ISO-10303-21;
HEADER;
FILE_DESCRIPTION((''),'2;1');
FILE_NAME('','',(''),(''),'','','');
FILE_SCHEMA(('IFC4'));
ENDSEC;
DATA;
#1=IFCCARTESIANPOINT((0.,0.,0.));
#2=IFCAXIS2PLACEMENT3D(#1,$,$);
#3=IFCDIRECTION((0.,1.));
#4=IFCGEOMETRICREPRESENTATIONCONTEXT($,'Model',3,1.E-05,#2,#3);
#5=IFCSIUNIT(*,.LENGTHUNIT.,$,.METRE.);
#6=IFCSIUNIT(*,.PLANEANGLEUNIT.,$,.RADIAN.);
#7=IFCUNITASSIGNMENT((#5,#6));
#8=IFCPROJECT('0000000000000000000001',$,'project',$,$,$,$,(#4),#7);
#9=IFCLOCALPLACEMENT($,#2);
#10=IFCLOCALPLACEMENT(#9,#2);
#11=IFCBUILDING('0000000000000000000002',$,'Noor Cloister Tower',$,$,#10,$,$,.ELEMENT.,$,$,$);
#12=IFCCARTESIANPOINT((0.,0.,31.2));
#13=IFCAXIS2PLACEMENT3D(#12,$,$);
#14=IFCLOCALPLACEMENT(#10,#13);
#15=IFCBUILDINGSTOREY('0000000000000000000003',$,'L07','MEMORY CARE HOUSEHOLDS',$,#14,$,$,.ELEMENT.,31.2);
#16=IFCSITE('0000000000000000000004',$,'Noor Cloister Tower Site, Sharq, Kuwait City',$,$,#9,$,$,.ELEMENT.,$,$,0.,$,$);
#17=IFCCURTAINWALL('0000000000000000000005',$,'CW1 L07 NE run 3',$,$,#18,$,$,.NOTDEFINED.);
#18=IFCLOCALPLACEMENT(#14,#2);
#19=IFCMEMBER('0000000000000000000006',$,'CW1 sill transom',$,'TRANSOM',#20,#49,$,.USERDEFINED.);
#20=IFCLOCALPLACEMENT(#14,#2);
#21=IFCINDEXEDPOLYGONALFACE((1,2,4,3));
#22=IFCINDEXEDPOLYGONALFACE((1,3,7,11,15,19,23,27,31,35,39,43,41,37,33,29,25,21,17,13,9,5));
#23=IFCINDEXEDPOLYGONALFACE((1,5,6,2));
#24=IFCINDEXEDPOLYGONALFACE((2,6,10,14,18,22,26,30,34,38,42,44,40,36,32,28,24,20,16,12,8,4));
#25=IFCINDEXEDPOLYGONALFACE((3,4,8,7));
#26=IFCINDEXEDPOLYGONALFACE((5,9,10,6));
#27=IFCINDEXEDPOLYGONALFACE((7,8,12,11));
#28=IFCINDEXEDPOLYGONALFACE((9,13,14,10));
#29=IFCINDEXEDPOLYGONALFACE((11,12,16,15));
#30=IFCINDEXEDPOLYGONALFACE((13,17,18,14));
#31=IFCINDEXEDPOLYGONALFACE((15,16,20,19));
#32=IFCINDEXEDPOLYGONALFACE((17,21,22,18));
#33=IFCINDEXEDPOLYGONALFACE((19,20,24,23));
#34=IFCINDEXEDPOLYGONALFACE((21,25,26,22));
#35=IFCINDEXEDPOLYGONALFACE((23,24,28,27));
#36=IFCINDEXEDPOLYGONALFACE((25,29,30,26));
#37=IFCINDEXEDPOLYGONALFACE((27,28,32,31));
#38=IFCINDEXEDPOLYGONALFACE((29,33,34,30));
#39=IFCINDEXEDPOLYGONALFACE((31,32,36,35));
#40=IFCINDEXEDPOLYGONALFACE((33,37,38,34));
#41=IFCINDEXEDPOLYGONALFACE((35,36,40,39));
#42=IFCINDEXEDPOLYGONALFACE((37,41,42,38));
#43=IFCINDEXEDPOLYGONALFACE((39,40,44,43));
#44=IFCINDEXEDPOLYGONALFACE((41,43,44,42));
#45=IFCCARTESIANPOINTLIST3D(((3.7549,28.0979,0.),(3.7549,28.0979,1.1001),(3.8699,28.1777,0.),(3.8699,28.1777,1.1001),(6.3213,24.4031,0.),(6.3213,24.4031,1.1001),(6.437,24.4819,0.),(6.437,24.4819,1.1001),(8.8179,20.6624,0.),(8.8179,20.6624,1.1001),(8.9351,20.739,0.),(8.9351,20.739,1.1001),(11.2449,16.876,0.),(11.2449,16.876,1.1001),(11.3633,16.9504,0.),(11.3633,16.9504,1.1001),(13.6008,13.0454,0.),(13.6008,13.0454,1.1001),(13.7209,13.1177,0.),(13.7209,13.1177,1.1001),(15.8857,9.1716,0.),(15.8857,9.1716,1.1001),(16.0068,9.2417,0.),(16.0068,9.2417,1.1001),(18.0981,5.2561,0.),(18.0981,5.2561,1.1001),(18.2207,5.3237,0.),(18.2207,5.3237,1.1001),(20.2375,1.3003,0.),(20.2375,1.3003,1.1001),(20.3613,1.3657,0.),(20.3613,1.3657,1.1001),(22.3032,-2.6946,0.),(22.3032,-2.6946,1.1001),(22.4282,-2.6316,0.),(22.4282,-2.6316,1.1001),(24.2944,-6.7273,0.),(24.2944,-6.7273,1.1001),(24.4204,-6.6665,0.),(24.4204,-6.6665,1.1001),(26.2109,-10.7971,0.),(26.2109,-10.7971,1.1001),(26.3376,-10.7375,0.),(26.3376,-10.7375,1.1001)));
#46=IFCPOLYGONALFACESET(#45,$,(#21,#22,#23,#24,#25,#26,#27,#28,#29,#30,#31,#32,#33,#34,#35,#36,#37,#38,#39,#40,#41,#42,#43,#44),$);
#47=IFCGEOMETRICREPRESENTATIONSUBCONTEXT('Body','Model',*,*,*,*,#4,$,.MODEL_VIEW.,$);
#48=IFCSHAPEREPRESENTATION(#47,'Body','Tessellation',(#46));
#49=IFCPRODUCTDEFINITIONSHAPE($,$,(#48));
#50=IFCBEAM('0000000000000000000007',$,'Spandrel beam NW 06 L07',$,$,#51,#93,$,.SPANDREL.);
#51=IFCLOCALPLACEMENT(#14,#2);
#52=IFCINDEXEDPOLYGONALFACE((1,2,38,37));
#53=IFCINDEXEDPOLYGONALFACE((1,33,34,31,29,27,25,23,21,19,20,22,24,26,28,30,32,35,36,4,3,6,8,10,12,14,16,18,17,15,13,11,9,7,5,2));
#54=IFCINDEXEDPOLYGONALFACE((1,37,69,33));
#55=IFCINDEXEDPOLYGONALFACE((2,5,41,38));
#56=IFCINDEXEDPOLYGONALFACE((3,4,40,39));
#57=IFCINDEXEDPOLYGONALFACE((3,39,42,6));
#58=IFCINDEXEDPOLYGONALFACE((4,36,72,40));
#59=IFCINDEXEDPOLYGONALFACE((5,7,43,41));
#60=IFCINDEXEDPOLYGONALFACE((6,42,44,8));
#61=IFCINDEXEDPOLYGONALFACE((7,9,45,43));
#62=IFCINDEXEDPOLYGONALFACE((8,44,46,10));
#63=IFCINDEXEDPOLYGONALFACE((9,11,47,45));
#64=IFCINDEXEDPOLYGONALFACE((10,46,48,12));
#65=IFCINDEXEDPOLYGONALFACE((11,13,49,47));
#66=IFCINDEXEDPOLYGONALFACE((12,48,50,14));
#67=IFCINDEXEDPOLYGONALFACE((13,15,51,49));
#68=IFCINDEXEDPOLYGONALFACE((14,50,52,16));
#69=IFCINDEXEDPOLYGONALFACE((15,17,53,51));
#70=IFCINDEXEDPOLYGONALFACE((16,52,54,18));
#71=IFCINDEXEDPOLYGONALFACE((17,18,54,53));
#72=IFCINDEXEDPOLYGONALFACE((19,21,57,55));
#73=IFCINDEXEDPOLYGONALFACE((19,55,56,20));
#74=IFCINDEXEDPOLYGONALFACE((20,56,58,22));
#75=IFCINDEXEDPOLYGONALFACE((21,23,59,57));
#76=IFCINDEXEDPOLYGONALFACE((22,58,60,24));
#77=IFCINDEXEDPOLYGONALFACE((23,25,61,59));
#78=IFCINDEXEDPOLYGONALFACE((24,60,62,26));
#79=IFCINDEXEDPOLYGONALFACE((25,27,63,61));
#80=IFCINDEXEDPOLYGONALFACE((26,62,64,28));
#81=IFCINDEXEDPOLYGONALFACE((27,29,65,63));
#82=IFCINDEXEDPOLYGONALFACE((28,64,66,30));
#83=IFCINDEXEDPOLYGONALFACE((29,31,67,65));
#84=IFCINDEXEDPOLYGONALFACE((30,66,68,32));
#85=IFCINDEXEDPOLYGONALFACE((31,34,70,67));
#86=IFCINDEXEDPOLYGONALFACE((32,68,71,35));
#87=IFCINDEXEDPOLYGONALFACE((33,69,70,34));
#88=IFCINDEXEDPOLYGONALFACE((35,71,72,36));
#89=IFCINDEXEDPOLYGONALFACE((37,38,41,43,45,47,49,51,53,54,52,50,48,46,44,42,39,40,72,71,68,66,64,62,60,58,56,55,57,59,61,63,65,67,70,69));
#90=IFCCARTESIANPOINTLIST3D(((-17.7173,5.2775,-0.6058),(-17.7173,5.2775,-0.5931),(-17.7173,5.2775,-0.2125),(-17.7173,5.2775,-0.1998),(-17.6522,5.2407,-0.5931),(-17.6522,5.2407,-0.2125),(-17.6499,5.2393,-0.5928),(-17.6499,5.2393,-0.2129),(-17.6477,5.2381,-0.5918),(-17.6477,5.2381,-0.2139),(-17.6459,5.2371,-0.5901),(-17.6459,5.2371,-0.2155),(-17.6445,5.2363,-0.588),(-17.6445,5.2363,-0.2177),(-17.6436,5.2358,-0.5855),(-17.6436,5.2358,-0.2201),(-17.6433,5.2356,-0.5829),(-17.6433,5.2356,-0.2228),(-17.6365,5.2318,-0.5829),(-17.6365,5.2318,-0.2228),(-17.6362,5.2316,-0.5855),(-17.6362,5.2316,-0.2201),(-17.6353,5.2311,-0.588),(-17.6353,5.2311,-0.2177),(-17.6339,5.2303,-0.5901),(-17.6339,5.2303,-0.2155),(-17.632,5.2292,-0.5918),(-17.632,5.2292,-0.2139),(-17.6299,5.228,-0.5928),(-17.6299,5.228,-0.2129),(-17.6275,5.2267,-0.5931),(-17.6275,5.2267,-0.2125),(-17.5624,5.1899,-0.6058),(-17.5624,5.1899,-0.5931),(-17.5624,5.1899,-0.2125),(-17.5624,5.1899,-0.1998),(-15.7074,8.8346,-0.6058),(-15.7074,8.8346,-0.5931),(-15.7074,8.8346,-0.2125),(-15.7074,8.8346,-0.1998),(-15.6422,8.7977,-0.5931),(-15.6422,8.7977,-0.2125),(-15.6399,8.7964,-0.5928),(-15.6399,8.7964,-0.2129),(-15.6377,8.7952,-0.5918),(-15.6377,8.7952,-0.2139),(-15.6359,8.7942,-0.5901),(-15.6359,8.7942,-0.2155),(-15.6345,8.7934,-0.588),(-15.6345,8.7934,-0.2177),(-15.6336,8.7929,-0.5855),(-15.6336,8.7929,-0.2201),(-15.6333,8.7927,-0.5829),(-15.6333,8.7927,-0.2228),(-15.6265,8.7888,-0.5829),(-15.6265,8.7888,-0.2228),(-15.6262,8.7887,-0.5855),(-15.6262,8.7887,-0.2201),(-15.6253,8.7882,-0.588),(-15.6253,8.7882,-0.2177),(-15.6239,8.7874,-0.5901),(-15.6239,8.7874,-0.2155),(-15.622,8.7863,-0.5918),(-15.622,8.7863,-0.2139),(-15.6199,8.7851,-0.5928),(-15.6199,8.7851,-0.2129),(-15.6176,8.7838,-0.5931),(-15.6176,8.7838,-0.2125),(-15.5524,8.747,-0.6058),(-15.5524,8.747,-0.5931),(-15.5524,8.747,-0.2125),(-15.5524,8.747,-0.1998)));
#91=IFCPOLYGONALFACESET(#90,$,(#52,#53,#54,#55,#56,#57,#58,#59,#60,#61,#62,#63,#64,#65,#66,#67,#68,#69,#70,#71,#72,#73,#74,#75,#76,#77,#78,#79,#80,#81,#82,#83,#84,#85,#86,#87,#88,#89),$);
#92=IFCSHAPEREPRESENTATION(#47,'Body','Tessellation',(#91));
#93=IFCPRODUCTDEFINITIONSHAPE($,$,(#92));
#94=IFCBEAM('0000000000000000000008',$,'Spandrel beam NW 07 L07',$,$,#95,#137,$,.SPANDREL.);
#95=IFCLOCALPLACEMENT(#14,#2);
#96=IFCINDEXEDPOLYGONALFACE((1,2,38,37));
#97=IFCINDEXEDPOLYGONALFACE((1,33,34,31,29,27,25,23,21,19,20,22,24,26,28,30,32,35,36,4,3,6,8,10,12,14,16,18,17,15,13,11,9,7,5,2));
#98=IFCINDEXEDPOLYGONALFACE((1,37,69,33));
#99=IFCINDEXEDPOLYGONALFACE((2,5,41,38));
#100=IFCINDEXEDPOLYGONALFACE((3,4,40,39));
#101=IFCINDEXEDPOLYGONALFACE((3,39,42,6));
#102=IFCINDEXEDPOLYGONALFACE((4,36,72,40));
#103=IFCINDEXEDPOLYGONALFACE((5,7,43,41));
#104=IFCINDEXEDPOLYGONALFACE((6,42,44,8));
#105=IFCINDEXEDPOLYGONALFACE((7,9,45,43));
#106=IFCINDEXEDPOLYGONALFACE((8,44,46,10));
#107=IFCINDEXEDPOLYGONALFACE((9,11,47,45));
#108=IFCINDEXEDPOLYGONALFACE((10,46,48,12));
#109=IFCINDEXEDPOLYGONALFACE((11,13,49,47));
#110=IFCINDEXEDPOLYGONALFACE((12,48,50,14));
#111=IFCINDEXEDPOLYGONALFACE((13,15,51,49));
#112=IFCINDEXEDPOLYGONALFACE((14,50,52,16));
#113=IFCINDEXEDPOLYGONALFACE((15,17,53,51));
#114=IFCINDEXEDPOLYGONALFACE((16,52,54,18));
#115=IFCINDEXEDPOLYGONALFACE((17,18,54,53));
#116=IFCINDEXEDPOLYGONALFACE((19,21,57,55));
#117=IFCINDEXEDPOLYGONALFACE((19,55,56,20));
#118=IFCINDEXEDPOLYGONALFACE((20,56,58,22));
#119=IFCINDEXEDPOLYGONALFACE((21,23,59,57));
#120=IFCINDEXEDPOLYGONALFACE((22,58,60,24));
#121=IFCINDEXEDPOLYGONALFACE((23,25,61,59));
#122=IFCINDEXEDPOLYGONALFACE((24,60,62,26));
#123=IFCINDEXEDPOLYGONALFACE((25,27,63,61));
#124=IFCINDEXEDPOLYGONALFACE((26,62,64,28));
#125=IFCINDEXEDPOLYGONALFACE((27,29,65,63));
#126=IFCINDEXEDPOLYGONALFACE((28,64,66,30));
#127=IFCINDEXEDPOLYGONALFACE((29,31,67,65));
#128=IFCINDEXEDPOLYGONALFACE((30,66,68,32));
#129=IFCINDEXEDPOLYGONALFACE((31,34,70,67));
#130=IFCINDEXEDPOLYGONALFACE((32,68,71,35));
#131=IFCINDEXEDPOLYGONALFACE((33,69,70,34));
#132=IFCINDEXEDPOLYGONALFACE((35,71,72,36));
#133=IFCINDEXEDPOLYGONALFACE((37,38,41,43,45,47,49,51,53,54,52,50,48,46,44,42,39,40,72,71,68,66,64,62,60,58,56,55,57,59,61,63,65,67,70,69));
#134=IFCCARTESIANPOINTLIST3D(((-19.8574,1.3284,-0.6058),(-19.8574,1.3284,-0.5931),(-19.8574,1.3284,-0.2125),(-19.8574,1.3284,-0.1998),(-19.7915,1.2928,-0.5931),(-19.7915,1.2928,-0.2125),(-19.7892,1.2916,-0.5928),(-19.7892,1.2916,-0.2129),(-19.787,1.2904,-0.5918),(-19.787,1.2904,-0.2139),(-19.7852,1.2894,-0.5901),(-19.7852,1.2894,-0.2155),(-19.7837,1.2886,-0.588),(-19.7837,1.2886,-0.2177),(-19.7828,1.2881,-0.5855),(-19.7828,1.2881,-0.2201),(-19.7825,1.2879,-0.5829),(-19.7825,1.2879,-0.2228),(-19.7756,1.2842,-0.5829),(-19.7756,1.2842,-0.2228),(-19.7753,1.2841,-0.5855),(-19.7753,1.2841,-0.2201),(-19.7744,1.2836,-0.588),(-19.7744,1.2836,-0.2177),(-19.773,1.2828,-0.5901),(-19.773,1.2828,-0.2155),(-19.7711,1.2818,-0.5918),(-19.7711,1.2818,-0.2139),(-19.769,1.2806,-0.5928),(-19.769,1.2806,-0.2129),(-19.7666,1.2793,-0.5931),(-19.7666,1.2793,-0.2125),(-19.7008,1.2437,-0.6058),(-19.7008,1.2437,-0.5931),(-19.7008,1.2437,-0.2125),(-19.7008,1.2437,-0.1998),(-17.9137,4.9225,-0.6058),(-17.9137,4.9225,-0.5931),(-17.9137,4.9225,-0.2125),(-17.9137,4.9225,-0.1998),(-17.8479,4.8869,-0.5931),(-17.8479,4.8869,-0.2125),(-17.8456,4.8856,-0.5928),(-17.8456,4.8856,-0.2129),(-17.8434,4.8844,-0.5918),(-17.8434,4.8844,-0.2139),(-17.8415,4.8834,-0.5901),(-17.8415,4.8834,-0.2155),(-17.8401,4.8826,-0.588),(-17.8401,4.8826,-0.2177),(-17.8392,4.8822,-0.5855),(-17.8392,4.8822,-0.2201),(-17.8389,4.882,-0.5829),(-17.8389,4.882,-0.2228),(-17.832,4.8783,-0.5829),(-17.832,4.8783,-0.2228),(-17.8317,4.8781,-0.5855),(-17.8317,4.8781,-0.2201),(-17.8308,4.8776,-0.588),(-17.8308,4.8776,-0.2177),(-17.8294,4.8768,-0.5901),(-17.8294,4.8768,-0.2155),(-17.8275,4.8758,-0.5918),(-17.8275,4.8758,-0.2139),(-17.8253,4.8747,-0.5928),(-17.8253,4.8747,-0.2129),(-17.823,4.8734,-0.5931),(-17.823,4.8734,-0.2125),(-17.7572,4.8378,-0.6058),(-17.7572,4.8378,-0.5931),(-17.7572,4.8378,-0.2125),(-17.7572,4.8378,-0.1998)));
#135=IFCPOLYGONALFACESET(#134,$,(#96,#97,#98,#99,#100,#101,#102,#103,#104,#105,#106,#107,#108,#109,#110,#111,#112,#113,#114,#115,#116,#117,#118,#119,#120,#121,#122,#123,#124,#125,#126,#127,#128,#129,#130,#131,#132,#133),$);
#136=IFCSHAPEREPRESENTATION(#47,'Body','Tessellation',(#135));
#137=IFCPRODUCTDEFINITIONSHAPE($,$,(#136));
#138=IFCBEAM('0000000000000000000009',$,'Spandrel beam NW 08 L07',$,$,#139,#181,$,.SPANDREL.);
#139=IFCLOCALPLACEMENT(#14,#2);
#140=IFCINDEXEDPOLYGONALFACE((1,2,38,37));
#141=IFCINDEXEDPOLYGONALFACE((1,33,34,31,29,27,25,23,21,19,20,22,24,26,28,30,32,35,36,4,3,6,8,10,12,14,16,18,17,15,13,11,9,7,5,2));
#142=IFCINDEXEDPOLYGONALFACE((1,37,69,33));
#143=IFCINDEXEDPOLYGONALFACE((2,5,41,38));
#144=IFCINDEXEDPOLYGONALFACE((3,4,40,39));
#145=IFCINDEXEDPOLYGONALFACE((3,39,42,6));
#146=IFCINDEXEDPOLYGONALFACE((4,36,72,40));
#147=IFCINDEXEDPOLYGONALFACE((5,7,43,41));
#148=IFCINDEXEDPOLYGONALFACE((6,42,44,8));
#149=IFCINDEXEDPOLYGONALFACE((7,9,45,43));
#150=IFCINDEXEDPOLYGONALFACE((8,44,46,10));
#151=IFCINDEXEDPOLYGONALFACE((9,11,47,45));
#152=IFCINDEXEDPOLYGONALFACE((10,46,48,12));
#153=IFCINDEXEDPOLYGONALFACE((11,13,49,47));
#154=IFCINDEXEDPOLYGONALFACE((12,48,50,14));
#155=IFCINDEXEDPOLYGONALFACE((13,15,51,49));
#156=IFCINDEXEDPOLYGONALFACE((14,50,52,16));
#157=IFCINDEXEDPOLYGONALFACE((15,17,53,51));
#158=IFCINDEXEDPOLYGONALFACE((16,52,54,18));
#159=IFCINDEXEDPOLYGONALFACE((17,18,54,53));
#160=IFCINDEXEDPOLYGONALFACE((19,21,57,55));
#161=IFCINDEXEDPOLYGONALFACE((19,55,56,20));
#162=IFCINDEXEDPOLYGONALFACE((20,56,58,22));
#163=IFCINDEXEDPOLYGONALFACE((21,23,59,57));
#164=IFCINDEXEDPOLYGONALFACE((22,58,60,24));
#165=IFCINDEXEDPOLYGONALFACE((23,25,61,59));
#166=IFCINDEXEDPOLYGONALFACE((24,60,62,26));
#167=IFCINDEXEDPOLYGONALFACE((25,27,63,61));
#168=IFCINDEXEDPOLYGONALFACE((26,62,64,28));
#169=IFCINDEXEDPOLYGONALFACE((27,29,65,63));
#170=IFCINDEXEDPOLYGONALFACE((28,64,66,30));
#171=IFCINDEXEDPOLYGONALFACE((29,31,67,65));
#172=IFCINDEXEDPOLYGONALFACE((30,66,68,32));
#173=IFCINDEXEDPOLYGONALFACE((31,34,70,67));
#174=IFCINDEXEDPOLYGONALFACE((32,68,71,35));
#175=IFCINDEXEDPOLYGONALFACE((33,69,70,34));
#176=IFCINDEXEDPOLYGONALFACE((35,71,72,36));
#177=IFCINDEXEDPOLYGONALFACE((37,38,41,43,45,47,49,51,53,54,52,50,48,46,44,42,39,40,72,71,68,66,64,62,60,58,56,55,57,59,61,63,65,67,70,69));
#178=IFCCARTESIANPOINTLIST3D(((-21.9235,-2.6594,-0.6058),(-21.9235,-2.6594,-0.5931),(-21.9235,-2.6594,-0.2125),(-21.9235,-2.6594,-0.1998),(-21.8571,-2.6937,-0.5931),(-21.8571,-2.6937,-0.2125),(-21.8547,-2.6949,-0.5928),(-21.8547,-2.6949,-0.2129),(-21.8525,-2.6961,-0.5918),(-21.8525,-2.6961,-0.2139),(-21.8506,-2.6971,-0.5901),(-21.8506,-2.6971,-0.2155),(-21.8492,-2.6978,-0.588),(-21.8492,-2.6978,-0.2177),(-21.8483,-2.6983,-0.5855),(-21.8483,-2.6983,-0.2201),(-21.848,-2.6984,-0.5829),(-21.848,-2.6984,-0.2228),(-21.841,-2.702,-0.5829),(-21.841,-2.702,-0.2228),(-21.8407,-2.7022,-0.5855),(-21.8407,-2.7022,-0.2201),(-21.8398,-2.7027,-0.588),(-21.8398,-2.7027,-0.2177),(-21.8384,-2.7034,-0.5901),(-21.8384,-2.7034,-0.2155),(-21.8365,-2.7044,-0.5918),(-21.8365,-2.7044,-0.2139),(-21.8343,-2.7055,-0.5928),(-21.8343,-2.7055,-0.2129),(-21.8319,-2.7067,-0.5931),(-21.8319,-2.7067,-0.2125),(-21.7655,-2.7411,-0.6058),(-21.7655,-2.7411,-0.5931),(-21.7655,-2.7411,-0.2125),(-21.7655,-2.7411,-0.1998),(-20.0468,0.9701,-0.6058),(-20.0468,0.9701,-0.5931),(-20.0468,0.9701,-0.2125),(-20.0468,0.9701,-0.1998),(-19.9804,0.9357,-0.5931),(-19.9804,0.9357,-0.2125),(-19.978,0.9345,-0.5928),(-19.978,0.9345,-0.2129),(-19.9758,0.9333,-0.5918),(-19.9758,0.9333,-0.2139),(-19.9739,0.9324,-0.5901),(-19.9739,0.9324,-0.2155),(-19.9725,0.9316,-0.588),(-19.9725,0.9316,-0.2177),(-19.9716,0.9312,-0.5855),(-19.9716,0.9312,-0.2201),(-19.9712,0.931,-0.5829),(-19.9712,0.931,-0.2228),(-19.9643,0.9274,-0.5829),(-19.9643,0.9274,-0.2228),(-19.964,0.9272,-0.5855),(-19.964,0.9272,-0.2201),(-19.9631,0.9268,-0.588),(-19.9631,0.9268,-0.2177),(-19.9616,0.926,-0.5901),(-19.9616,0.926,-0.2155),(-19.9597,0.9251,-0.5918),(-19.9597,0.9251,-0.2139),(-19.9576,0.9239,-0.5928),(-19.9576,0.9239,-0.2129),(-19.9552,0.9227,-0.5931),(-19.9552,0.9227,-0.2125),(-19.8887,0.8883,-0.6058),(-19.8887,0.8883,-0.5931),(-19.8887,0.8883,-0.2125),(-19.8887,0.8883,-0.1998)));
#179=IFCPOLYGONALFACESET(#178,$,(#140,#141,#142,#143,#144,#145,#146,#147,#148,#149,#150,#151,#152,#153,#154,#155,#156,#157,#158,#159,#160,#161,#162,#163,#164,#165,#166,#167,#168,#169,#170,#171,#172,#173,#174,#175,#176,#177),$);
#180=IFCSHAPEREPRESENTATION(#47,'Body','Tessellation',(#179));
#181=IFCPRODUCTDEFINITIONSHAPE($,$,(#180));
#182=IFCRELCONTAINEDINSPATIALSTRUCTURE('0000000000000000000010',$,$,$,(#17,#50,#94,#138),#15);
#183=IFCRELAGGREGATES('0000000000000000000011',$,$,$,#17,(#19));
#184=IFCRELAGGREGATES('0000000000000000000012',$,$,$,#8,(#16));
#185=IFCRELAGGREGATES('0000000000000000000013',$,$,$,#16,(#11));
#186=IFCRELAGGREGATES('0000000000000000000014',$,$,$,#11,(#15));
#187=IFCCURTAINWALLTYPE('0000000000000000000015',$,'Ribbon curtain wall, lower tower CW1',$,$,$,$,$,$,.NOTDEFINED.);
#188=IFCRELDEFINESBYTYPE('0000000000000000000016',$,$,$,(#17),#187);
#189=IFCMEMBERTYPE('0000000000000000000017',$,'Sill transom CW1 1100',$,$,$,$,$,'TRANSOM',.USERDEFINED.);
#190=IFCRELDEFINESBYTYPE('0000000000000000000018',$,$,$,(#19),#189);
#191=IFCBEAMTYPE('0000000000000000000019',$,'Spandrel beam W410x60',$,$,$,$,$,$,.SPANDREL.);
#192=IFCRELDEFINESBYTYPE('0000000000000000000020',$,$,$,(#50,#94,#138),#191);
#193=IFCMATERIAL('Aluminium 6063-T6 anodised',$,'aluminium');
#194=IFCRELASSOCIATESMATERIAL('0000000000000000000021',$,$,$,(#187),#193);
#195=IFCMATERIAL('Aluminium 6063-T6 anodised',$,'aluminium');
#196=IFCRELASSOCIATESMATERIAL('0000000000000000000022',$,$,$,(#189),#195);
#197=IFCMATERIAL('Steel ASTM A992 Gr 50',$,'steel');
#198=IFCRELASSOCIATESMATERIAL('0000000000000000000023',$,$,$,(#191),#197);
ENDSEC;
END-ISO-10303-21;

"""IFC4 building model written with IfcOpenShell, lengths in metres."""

from ifc_helpers import new_model, si_unit, direction, frame, origin, origin_2d, place, context, subcontext, project, spatial, polyline, i_section, outline, extrude, material, material_profile, profile_set, type_object, element, aggregate, save


model = new_model("IFC4")

# Units and contexts
model_context = context("Model", 3, precision=1e-05, world=origin(), true_north=direction((0.0, 1.0)))
body_context = subcontext(model_context, "Body", "Model", "MODEL_VIEW")
ifc_project = project(units=[si_unit("LENGTHUNIT", "METRE"), si_unit("PLANEANGLEUNIT", "RADIAN")], contexts=[model_context])

# Site, building, storey
site_placement = place(None, origin())
site = spatial("IfcSite", under=ifc_project, at=site_placement, Name="Noor Cloister Tower Site, Sharq, Kuwait City", CompositionType="ELEMENT", RefElevation=0.0)
building_placement = place(site_placement, origin())
building = spatial("IfcBuilding", under=site, at=building_placement, Name="Noor Cloister Tower", CompositionType="ELEMENT")
storey_placement = place(building_placement, frame((0.0, 0.0, 31.2)))
storey = spatial("IfcBuildingStorey", under=building, at=storey_placement, Name="L07", Description="MEMORY CARE HOUSEHOLDS", CompositionType="ELEMENT", Elevation=31.2)

# Curtain wall
ifc_material_1 = material(Name="Aluminium 6063-T6 anodised", Category="aluminium")
curtain_wall_type = type_object("IfcCurtainWallType", Name="Ribbon curtain wall, lower tower CW1", PredefinedType="NOTDEFINED", material=ifc_material_1)
curtain_wall_1_placement = place(storey_placement, origin())
curtain_wall_1 = element("IfcCurtainWall", 1, at=curtain_wall_1_placement, inside=storey, type_object=curtain_wall_type, Name="CW1 L07 NE run 3", PredefinedType="NOTDEFINED")

# Member
ifc_material_2 = material(Name="Aluminium 6063-T6 anodised", Category="aluminium")
member_type_1 = type_object("IfcMemberType", Name="Sill transom CW1 1100", ElementType="TRANSOM", PredefinedType="USERDEFINED", material=ifc_material_2)
member_1_placement = place(storey_placement, origin())
member_1 = element("IfcMember", 2, at=member_1_placement, type_object=member_type_1, Name="CW1 sill transom", ObjectType="TRANSOM", PredefinedType="USERDEFINED", context=body_context, shape_type="SweptSolid", body=[
    extrude(outline(polyline([(26.3376, -10.7375), (24.4204, -6.6665), (22.4282, -2.6316), (20.3613, 1.3657), (18.2207, 5.3237), (16.0068, 9.2417), (13.7209, 13.1177), (11.3633, 16.9504), (8.9351, 20.739), (6.437, 24.4819), (3.8699, 28.1777), (3.7549, 28.0979), (6.3213, 24.4031), (8.8179, 20.6624), (11.2449, 16.876), (13.6008, 13.0454), (15.8857, 9.1716), (18.0981, 5.2561), (20.2375, 1.3003), (22.3032, -2.6946), (24.2944, -6.7273), (26.2109, -10.7971), (26.3376, -10.7375)])), origin(), (0.0, 0.0, 1.0), 1.1001),
])
aggregate(curtain_wall_1, [member_1])

# Beams
ifc_material_3 = material(Name="Steel ASTM A992 Gr 50", Category="steel")
ifc_material_profile_1 = material_profile(ifc_material_3, i_section(OverallWidth=0.178, OverallDepth=0.406, WebThickness=0.0078, FlangeThickness=0.0127, FilletRadius=0.0103, at=origin_2d()), Name="W410x60")
ifc_profile_set_1 = profile_set([ifc_material_profile_1], Name="Steel ASTM A992 Gr 50")
beam_type_1 = type_object("IfcBeamType", Name="Spandrel beam W410x60", PredefinedType="SPANDREL", material=ifc_profile_set_1)
beam_1_placement = place(storey_placement, frame((-15.6299, 8.7908, -0.4028), z_axis=(-0.491957, -0.87062, 0.0), x_axis=(0.87062, -0.491957, 0.0)))
element("IfcBeam", 3, at=beam_1_placement, inside=storey, type_object=beam_type_1, Name="Spandrel beam NW 06 L07", PredefinedType="SPANDREL", context=body_context, shape_type="SweptSolid", body=[
    extrude(i_section(OverallWidth=0.178, OverallDepth=0.406, WebThickness=0.0078, FlangeThickness=0.0127, FilletRadius=0.0103, at=origin_2d()), origin(), (0.0, 0.0, 1.0), 4.0857),
])
for number, where, z_axis, x_axis, name in (
    (4, (-17.8354, 4.8801, -0.4028), (-0.475688, -0.879614, 0.0), (0.879614, -0.475688, 0.0), "Spandrel beam NW 07 L07"),
    (5, (-19.9678, 0.9292, -0.4028), (-0.459314, -0.888274, 0.0), (0.888274, -0.459314, 0.0), "Spandrel beam NW 08 L07"),
):
    element("IfcBeam", number, at=place(storey_placement, frame(where, z_axis=z_axis, x_axis=x_axis)), inside=storey, type_object=beam_type_1, Name=name, PredefinedType="SPANDREL", context=body_context, shape_type="SweptSolid", body=[
        extrude(i_section(OverallWidth=0.178, OverallDepth=0.406, WebThickness=0.0078, FlangeThickness=0.0127, FilletRadius=0.0103, at=origin_2d()), origin(), (0.0, 0.0, 1.0), 4.0859),
    ])

save(model, "model.ifc")
